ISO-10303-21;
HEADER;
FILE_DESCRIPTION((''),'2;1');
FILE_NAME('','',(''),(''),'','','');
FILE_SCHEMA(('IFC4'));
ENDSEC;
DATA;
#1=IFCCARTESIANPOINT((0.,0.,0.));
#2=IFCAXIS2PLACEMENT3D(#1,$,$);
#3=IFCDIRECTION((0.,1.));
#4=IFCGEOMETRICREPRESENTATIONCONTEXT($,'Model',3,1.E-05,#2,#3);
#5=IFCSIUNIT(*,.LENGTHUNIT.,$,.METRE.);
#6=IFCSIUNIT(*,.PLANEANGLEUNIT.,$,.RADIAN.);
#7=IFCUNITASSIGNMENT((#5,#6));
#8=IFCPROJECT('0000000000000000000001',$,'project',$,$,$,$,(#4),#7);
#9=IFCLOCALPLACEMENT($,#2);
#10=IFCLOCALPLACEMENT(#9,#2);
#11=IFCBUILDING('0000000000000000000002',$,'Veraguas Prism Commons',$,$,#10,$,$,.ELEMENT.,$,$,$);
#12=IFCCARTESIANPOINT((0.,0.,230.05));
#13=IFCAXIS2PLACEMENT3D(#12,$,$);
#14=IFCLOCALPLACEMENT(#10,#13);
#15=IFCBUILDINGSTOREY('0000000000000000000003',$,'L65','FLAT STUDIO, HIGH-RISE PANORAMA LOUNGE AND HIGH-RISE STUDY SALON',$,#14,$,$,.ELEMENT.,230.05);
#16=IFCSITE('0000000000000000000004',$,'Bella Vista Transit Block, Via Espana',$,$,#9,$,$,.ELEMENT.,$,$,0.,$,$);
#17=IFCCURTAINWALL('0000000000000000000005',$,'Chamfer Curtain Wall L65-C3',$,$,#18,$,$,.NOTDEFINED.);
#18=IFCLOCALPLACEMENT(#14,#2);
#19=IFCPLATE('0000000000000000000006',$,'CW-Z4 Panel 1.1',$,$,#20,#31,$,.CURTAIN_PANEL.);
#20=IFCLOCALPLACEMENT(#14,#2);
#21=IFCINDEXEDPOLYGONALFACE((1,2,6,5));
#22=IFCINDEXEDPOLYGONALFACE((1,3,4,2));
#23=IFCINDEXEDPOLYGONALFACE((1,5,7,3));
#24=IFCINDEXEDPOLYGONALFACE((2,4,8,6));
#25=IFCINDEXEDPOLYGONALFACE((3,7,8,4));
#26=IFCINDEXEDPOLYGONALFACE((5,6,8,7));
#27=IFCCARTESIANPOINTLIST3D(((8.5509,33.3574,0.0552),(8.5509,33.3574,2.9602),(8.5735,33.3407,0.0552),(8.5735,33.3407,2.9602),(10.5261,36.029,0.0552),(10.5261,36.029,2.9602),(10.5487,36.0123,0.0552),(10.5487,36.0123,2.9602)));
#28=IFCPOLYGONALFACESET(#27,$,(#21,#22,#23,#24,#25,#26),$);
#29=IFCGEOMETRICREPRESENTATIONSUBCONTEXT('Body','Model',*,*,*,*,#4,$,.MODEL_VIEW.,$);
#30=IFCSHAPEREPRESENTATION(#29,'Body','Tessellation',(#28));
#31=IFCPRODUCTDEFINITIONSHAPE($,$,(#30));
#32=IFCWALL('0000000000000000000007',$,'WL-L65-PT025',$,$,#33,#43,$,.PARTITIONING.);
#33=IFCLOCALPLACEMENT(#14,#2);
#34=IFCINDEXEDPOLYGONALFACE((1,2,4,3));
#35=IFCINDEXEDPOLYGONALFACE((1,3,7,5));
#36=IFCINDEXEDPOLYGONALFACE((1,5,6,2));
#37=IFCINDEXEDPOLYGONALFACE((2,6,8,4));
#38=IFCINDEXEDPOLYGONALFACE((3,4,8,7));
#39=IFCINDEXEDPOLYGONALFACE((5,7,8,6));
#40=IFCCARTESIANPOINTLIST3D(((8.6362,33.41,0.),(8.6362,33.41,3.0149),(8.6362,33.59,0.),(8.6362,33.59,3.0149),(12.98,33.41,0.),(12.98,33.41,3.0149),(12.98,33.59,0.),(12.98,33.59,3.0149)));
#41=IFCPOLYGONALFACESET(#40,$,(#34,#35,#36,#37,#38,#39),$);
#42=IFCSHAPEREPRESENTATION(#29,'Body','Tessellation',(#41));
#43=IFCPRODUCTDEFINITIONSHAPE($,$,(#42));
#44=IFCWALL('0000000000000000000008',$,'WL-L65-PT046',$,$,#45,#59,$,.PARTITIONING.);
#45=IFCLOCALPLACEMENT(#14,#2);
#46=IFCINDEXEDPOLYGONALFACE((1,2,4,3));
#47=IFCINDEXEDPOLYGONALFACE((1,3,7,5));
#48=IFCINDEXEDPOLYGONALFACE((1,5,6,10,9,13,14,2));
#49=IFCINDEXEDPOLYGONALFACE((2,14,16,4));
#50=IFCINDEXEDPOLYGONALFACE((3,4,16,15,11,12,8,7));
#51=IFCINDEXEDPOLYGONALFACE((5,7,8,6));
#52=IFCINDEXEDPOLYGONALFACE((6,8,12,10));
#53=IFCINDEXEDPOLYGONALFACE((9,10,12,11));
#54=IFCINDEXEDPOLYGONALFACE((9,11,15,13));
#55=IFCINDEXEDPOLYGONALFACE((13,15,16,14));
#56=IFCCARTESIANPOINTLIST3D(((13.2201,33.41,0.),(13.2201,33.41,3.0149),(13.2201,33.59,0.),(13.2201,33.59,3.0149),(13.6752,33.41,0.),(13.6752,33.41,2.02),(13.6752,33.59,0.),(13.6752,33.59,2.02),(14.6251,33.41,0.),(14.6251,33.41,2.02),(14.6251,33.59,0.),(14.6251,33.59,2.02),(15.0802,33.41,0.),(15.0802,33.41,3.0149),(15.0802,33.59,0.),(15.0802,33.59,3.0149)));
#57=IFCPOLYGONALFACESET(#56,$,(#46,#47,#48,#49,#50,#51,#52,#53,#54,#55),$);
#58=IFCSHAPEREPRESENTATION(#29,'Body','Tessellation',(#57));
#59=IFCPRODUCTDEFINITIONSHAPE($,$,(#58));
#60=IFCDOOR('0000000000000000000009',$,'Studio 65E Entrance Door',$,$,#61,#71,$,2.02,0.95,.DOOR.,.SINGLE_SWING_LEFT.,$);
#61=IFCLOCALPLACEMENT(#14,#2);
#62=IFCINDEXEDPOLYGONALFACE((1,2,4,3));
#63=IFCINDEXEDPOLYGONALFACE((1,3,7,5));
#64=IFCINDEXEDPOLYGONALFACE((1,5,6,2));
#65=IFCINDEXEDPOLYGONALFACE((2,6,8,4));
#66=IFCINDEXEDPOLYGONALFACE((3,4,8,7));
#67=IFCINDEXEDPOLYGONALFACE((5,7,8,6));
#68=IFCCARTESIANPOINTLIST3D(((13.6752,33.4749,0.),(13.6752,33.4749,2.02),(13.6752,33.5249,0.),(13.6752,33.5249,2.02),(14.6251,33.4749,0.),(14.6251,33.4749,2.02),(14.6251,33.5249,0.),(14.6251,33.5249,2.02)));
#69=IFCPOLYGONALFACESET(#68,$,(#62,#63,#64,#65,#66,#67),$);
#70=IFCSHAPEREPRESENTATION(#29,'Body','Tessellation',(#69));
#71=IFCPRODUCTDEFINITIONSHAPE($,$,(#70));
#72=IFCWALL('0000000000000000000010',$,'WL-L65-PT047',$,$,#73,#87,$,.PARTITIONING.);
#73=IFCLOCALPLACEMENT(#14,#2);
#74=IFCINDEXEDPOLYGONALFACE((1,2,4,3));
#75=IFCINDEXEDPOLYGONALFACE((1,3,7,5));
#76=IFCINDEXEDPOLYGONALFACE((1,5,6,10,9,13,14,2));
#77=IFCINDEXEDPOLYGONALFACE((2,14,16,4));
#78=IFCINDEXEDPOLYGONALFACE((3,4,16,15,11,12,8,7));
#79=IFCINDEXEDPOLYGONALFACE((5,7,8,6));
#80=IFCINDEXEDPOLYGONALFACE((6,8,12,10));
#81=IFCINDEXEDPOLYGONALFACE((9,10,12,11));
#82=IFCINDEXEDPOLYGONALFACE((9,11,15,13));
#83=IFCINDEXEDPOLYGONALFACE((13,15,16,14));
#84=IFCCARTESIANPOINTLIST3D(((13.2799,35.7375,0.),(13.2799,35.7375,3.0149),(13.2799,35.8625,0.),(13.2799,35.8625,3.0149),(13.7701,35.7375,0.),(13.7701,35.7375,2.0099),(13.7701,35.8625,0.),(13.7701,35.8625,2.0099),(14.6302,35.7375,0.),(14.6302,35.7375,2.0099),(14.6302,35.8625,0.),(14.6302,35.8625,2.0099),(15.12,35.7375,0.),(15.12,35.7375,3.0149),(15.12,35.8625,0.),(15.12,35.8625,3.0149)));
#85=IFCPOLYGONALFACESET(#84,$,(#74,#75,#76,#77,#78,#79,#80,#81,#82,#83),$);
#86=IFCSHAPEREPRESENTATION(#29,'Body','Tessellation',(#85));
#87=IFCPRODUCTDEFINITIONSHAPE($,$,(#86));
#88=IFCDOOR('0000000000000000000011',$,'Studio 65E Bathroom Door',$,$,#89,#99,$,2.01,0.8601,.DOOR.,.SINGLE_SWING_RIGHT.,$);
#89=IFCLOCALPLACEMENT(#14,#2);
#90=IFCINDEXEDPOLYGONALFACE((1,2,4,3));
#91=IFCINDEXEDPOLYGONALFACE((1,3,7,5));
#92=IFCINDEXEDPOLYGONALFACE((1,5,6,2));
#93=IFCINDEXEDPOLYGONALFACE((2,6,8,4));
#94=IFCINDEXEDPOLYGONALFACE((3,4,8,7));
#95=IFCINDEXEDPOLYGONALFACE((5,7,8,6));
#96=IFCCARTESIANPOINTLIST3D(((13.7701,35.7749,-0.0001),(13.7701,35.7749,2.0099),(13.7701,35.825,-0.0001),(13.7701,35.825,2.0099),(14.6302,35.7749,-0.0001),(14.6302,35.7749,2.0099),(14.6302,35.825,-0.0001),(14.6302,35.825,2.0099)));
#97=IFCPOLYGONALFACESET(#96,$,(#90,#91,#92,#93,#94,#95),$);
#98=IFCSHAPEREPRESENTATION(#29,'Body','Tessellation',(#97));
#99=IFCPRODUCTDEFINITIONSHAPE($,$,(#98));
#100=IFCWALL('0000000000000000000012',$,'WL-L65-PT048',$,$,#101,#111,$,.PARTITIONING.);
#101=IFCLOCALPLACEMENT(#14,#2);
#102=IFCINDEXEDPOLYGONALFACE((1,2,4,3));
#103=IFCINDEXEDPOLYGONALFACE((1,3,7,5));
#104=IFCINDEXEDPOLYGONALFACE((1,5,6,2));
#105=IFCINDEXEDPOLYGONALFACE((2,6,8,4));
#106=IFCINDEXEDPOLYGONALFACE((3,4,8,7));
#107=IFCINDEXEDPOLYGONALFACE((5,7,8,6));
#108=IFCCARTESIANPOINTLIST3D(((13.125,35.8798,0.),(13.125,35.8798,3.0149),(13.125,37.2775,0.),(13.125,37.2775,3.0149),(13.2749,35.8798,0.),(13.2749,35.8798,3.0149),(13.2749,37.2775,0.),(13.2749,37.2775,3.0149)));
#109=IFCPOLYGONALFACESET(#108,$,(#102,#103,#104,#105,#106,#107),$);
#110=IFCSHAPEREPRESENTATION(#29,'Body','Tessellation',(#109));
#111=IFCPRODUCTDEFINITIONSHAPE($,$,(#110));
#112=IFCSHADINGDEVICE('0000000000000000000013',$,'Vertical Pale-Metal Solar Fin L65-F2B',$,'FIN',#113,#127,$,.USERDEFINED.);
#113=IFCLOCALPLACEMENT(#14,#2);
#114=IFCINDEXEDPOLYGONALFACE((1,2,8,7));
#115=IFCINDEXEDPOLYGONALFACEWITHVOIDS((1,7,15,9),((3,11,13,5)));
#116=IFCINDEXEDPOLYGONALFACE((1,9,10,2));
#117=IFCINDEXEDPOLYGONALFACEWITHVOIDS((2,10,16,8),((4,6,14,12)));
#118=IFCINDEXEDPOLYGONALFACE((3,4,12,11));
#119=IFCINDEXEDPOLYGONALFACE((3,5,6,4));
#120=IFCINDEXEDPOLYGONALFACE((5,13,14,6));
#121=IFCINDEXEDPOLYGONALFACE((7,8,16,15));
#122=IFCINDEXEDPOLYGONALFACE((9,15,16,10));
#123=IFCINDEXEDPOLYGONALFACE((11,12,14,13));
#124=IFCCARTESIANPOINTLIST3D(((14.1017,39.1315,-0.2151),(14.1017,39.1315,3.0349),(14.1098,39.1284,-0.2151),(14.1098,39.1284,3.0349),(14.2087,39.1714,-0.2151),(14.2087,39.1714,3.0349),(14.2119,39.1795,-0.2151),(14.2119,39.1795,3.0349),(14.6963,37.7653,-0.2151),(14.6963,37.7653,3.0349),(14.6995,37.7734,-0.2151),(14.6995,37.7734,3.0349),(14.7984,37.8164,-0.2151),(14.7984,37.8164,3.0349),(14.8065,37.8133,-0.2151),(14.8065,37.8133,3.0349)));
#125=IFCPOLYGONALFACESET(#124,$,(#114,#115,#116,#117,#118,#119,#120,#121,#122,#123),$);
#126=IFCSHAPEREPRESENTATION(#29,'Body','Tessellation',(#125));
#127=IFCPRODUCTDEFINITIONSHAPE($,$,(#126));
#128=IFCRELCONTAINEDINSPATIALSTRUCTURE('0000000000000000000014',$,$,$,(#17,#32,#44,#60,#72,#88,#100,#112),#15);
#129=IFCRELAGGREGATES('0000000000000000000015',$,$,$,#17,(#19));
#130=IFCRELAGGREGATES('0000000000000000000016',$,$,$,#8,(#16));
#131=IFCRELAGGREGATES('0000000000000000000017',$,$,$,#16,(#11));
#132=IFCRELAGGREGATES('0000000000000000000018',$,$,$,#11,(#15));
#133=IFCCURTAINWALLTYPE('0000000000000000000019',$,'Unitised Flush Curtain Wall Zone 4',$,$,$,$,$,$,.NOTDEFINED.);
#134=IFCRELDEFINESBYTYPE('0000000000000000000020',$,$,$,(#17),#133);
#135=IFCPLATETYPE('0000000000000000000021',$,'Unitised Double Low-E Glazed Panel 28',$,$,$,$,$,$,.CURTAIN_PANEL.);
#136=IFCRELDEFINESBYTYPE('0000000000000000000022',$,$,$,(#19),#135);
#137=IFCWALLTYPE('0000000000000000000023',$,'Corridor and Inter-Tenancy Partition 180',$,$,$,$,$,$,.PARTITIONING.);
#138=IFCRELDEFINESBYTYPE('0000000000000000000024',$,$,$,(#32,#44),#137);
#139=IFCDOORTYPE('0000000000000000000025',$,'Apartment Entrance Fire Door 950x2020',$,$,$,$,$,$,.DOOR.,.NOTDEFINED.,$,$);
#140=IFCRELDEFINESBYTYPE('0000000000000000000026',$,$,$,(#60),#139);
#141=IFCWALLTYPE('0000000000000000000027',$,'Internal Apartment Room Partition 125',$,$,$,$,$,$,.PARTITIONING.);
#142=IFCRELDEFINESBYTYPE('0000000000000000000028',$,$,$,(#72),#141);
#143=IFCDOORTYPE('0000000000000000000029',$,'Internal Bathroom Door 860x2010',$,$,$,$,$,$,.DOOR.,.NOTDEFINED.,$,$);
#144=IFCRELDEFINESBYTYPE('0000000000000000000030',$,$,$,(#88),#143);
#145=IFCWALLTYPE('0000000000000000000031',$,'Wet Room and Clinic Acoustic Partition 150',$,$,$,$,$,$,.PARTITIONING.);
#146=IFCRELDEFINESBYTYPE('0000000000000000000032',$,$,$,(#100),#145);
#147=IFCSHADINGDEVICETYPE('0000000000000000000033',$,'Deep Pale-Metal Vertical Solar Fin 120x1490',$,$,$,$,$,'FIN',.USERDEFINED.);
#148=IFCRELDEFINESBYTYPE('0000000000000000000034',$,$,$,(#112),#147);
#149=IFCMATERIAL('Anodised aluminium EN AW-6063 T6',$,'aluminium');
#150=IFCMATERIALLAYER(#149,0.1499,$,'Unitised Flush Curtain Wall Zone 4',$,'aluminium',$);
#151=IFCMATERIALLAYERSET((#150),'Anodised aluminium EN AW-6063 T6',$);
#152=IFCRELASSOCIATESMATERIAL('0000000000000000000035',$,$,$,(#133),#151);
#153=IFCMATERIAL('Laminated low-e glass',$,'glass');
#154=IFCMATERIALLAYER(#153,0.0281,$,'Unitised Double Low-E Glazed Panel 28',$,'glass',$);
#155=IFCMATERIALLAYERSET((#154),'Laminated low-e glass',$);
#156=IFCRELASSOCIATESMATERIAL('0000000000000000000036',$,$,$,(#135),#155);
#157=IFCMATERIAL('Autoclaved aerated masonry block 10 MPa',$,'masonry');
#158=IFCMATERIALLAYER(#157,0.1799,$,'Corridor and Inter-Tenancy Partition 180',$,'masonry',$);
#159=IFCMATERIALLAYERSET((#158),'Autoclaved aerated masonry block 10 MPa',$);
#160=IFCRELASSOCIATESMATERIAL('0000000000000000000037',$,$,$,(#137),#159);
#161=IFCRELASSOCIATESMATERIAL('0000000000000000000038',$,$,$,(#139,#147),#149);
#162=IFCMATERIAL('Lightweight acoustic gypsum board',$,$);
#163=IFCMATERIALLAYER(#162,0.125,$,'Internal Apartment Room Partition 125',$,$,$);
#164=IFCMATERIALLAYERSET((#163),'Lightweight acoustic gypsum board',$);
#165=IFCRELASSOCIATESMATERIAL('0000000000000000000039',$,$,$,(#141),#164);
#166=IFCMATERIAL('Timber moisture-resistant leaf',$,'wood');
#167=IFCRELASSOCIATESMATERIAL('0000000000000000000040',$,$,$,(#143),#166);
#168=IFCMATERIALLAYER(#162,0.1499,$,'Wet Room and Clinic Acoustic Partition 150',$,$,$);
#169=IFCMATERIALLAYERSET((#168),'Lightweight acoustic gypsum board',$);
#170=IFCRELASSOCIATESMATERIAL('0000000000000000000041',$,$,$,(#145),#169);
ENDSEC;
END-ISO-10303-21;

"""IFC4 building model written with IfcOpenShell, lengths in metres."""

from ifc_helpers import new_model, si_unit, direction, frame, frame_2d, origin, origin_2d, place, context, subcontext, project, spatial, rectangle, hollow_rectangle, extrude, source, transform, mapped, material, layer, layer_set, material_profile, profile_set, type_object, element, fill, aggregate, save


model = new_model("IFC4")

# Units and contexts
model_context = context("Model", 3, precision=1e-05, world=origin(), true_north=direction((0.0, 1.0)))
body_context = subcontext(model_context, "Body", "Model", "MODEL_VIEW")
ifc_project = project(units=[si_unit("LENGTHUNIT", "METRE"), si_unit("PLANEANGLEUNIT", "RADIAN")], contexts=[model_context])

# Site, building, storey
site_placement = place(None, origin())
site = spatial("IfcSite", under=ifc_project, at=site_placement, Name="Bella Vista Transit Block, Via Espana", CompositionType="ELEMENT", RefElevation=0.0)
building_placement = place(site_placement, origin())
building = spatial("IfcBuilding", under=site, at=building_placement, Name="Veraguas Prism Commons", CompositionType="ELEMENT")
storey_placement = place(building_placement, frame((0.0, 0.0, 230.05)))
storey = spatial("IfcBuildingStorey", under=building, at=storey_placement, Name="L65", Description="FLAT STUDIO, HIGH-RISE PANORAMA LOUNGE AND HIGH-RISE STUDY SALON", CompositionType="ELEMENT", Elevation=230.05)

# Shared definitions
ifc_material_1 = material(Name="Anodised aluminium EN AW-6063 T6", Category="aluminium")
ifc_layer_1 = layer(ifc_material_1, 0.1499, Name="Unitised Flush Curtain Wall Zone 4", Category="aluminium")
ifc_layer_set_1 = layer_set([ifc_layer_1], Name="Anodised aluminium EN AW-6063 T6")
curtain_wall_type = type_object("IfcCurtainWallType", Name="Unitised Flush Curtain Wall Zone 4", PredefinedType="NOTDEFINED", material=ifc_layer_set_1)

# Curtain wall
curtain_wall_1_placement = place(storey_placement, origin())
curtain_wall_1 = element("IfcCurtainWall", 1, at=curtain_wall_1_placement, inside=storey, type_object=curtain_wall_type, Name="Chamfer Curtain Wall L65-C3", PredefinedType="NOTDEFINED")

# Plate
ifc_material_2 = material(Name="Laminated low-e glass", Category="glass")
ifc_layer_2 = layer(ifc_material_2, 0.0281, Name="Unitised Double Low-E Glazed Panel 28", Category="glass")
ifc_layer_set_2 = layer_set([ifc_layer_2], Name="Laminated low-e glass")
plate_type = type_object("IfcPlateType", Name="Unitised Double Low-E Glazed Panel 28", PredefinedType="CURTAIN_PANEL", material=ifc_layer_set_2)
shared_shape_1 = source(origin(), body_context, "Body", "SweptSolid", [
    extrude(rectangle(XDim=3.3225, YDim=0.0281, at=origin_2d()), origin(), (0.0, 0.0, 1.0), 2.905),
])
plate_1_placement = place(storey_placement, frame((9.5498, 34.6848, 0.0552), z_axis=(0.0, 0.0, 1.0), x_axis=(-0.594506, -0.804091, 0.0)))
plate_1 = element("IfcPlate", 2, at=plate_1_placement, type_object=plate_type, Name="CW-Z4 Panel 1.1", PredefinedType="CURTAIN_PANEL", context=body_context, shape_type="MappedRepresentation", body=[
    mapped(shared_shape_1, transform((0.0, 0.0, 0.0), scale=1.0)),
])
aggregate(curtain_wall_1, [plate_1])

# Wall
ifc_material_3 = material(Name="Autoclaved aerated masonry block 10 MPa", Category="masonry")
ifc_layer_3 = layer(ifc_material_3, 0.1799, Name="Corridor and Inter-Tenancy Partition 180", Category="masonry")
ifc_layer_set_3 = layer_set([ifc_layer_3], Name="Autoclaved aerated masonry block 10 MPa")
wall_type_1 = type_object("IfcWallType", Name="Corridor and Inter-Tenancy Partition 180", PredefinedType="PARTITIONING", material=ifc_layer_set_3)
wall_1_placement = place(storey_placement, frame((12.98, 33.5, 0.0), z_axis=(0.0, 0.0, 1.0), x_axis=(-1.0, 0.0, 0.0)))
element("IfcWall", 3, at=wall_1_placement, inside=storey, type_object=wall_type_1, Name="WL-L65-PT025", PredefinedType="PARTITIONING", context=body_context, shape_type="SweptSolid", body=[
    extrude(rectangle(XDim=4.3438, YDim=0.1799, at=frame_2d((2.1719, 0.0))), origin(), (0.0, 0.0, 1.0), 3.0149),
])

# Walls, openings, doors
wall_2_placement = place(storey_placement, frame((13.22, 33.5, 0.0), z_axis=(0.0, 0.0, 1.0), x_axis=(1.0, 0.0, 0.0)))
wall_2 = element("IfcWall", 4, at=wall_2_placement, inside=storey, type_object=wall_type_1, Name="WL-L65-PT046", PredefinedType="PARTITIONING", context=body_context, shape_type="SweptSolid", body=[
    extrude(rectangle(XDim=1.8601, YDim=0.1799, at=frame_2d((0.9302, 0.0))), origin(), (0.0, 0.0, 1.0), 3.0149),
])
opening_1_placement = place(wall_2_placement, frame((0.4551, 0.0, 0.0)))
opening_1 = element("IfcOpeningElement", 5, at=opening_1_placement, cuts=wall_2, PredefinedType="OPENING", context=body_context, shape_type="SweptSolid", body=[
    extrude(rectangle(XDim=0.95, YDim=2.02, at=frame_2d((0.4751, 1.01))), frame((0.0, 0.0999, 0.0), z_axis=(0.0, -1.0, 0.0), x_axis=(1.0, 0.0, 0.0)), (0.0, 0.0, 1.0), 0.2),
])
door_type_1 = type_object("IfcDoorType", Name="Apartment Entrance Fire Door 950x2020", OperationType="NOTDEFINED", PredefinedType="DOOR", material=ifc_material_1)
shared_shape_2 = source(origin(), body_context, "Body", "SweptSolid", [
    extrude(rectangle(XDim=0.95, YDim=2.02, at=frame_2d((0.4751, 1.01))), frame((0.0, 0.0249, 0.0), z_axis=(0.0, -1.0, 0.0), x_axis=(1.0, 0.0, 0.0)), (0.0, 0.0, 1.0), 0.05),
])
door_1_placement = place(opening_1_placement, origin())
door_1 = element("IfcDoor", 6, at=door_1_placement, inside=storey, type_object=door_type_1, Name="Studio 65E Entrance Door", OperationType="SINGLE_SWING_LEFT", OverallHeight=2.02, OverallWidth=0.95, PredefinedType="DOOR", context=body_context, shape_type="MappedRepresentation", body=[
    mapped(shared_shape_2, transform((0.0, 0.0, 0.0), scale=1.0)),
])
fill(opening_1, door_1)
ifc_material_4 = material(Name="Lightweight acoustic gypsum board")
ifc_layer_4 = layer(ifc_material_4, 0.125, Name="Internal Apartment Room Partition 125")
ifc_layer_set_4 = layer_set([ifc_layer_4], Name="Lightweight acoustic gypsum board")
wall_type_2 = type_object("IfcWallType", Name="Internal Apartment Room Partition 125", PredefinedType="PARTITIONING", material=ifc_layer_set_4)
wall_3_placement = place(storey_placement, frame((13.28, 35.8, 0.0), z_axis=(0.0, 0.0, 1.0), x_axis=(1.0, 0.0, 0.0)))
wall_3 = element("IfcWall", 7, at=wall_3_placement, inside=storey, type_object=wall_type_2, Name="WL-L65-PT047", PredefinedType="PARTITIONING", context=body_context, shape_type="SweptSolid", body=[
    extrude(rectangle(XDim=1.8401, YDim=0.125, at=frame_2d((0.9199, 0.0))), origin(), (0.0, 0.0, 1.0), 3.0149),
])
opening_2_placement = place(wall_3_placement, frame((0.49, 0.0, 0.0)))
opening_2 = element("IfcOpeningElement", 8, at=opening_2_placement, cuts=wall_3, PredefinedType="OPENING", context=body_context, shape_type="SweptSolid", body=[
    extrude(rectangle(XDim=0.8601, YDim=2.01, at=frame_2d((0.4302, 1.0049))), frame((0.0, 0.0725, 0.0), z_axis=(0.0, -1.0, 0.0), x_axis=(1.0, 0.0, 0.0)), (0.0, 0.0, 1.0), 0.145),
])
ifc_material_5 = material(Name="Timber moisture-resistant leaf", Category="wood")
door_type_2 = type_object("IfcDoorType", Name="Internal Bathroom Door 860x2010", OperationType="NOTDEFINED", PredefinedType="DOOR", material=ifc_material_5)
shared_shape_3 = source(origin(), body_context, "Body", "SweptSolid", [
    extrude(rectangle(XDim=0.8601, YDim=2.01, at=frame_2d((0.4302, 1.0049))), frame((0.0, 0.0249, 0.0), z_axis=(0.0, -1.0, 0.0), x_axis=(1.0, 0.0, 0.0)), (0.0, 0.0, 1.0), 0.05),
])
door_2_placement = place(opening_2_placement, origin())
door_2 = element("IfcDoor", 9, at=door_2_placement, inside=storey, type_object=door_type_2, Name="Studio 65E Bathroom Door", OperationType="SINGLE_SWING_RIGHT", OverallHeight=2.01, OverallWidth=0.8601, PredefinedType="DOOR", context=body_context, shape_type="MappedRepresentation", body=[
    mapped(shared_shape_3, transform((0.0, 0.0, 0.0), scale=1.0)),
])
fill(opening_2, door_2)

# Wall
ifc_layer_5 = layer(ifc_material_4, 0.1499, Name="Wet Room and Clinic Acoustic Partition 150")
ifc_layer_set_5 = layer_set([ifc_layer_5], Name="Lightweight acoustic gypsum board")
wall_type_3 = type_object("IfcWallType", Name="Wet Room and Clinic Acoustic Partition 150", PredefinedType="PARTITIONING", material=ifc_layer_set_5)
wall_4_placement = place(storey_placement, frame((13.2, 35.8799, 0.0), z_axis=(0.0, 0.0, 1.0), x_axis=(0.0, 1.0, 0.0)))
element("IfcWall", 10, at=wall_4_placement, inside=storey, type_object=wall_type_3, Name="WL-L65-PT048", PredefinedType="PARTITIONING", context=body_context, shape_type="SweptSolid", body=[
    extrude(rectangle(XDim=1.3977, YDim=0.1499, at=frame_2d((0.6987, 0.0))), origin(), (0.0, 0.0, 1.0), 3.0149),
])

# Shading device
ifc_material_profile_1 = material_profile(ifc_material_1, hollow_rectangle(XDim=0.1201, YDim=1.49, WallThickness=0.0061, at=origin_2d()), Name="FIN120X1490X6")
ifc_profile_set_1 = profile_set([ifc_material_profile_1], Name="Anodised aluminium EN AW-6063 T6")
shading_device_type = type_object("IfcShadingDeviceType", Name="Deep Pale-Metal Vertical Solar Fin 120x1490", ElementType="FIN", PredefinedType="USERDEFINED", material=ifc_profile_set_1)
shading_device_placement = place(storey_placement, frame((14.4541, 38.4724, -0.2151), z_axis=(0.0, 0.0, 1.0), x_axis=(-0.91692, -0.399071, 0.0)))
element("IfcShadingDevice", 11, at=shading_device_placement, inside=storey, type_object=shading_device_type, Name="Vertical Pale-Metal Solar Fin L65-F2B", ObjectType="FIN", PredefinedType="USERDEFINED", context=body_context, shape_type="SweptSolid", body=[
    extrude(hollow_rectangle(XDim=0.1201, YDim=1.49, WallThickness=0.0061, at=origin_2d()), origin(), (0.0, 0.0, 1.0), 3.25),
])

save(model, "model.ifc")
